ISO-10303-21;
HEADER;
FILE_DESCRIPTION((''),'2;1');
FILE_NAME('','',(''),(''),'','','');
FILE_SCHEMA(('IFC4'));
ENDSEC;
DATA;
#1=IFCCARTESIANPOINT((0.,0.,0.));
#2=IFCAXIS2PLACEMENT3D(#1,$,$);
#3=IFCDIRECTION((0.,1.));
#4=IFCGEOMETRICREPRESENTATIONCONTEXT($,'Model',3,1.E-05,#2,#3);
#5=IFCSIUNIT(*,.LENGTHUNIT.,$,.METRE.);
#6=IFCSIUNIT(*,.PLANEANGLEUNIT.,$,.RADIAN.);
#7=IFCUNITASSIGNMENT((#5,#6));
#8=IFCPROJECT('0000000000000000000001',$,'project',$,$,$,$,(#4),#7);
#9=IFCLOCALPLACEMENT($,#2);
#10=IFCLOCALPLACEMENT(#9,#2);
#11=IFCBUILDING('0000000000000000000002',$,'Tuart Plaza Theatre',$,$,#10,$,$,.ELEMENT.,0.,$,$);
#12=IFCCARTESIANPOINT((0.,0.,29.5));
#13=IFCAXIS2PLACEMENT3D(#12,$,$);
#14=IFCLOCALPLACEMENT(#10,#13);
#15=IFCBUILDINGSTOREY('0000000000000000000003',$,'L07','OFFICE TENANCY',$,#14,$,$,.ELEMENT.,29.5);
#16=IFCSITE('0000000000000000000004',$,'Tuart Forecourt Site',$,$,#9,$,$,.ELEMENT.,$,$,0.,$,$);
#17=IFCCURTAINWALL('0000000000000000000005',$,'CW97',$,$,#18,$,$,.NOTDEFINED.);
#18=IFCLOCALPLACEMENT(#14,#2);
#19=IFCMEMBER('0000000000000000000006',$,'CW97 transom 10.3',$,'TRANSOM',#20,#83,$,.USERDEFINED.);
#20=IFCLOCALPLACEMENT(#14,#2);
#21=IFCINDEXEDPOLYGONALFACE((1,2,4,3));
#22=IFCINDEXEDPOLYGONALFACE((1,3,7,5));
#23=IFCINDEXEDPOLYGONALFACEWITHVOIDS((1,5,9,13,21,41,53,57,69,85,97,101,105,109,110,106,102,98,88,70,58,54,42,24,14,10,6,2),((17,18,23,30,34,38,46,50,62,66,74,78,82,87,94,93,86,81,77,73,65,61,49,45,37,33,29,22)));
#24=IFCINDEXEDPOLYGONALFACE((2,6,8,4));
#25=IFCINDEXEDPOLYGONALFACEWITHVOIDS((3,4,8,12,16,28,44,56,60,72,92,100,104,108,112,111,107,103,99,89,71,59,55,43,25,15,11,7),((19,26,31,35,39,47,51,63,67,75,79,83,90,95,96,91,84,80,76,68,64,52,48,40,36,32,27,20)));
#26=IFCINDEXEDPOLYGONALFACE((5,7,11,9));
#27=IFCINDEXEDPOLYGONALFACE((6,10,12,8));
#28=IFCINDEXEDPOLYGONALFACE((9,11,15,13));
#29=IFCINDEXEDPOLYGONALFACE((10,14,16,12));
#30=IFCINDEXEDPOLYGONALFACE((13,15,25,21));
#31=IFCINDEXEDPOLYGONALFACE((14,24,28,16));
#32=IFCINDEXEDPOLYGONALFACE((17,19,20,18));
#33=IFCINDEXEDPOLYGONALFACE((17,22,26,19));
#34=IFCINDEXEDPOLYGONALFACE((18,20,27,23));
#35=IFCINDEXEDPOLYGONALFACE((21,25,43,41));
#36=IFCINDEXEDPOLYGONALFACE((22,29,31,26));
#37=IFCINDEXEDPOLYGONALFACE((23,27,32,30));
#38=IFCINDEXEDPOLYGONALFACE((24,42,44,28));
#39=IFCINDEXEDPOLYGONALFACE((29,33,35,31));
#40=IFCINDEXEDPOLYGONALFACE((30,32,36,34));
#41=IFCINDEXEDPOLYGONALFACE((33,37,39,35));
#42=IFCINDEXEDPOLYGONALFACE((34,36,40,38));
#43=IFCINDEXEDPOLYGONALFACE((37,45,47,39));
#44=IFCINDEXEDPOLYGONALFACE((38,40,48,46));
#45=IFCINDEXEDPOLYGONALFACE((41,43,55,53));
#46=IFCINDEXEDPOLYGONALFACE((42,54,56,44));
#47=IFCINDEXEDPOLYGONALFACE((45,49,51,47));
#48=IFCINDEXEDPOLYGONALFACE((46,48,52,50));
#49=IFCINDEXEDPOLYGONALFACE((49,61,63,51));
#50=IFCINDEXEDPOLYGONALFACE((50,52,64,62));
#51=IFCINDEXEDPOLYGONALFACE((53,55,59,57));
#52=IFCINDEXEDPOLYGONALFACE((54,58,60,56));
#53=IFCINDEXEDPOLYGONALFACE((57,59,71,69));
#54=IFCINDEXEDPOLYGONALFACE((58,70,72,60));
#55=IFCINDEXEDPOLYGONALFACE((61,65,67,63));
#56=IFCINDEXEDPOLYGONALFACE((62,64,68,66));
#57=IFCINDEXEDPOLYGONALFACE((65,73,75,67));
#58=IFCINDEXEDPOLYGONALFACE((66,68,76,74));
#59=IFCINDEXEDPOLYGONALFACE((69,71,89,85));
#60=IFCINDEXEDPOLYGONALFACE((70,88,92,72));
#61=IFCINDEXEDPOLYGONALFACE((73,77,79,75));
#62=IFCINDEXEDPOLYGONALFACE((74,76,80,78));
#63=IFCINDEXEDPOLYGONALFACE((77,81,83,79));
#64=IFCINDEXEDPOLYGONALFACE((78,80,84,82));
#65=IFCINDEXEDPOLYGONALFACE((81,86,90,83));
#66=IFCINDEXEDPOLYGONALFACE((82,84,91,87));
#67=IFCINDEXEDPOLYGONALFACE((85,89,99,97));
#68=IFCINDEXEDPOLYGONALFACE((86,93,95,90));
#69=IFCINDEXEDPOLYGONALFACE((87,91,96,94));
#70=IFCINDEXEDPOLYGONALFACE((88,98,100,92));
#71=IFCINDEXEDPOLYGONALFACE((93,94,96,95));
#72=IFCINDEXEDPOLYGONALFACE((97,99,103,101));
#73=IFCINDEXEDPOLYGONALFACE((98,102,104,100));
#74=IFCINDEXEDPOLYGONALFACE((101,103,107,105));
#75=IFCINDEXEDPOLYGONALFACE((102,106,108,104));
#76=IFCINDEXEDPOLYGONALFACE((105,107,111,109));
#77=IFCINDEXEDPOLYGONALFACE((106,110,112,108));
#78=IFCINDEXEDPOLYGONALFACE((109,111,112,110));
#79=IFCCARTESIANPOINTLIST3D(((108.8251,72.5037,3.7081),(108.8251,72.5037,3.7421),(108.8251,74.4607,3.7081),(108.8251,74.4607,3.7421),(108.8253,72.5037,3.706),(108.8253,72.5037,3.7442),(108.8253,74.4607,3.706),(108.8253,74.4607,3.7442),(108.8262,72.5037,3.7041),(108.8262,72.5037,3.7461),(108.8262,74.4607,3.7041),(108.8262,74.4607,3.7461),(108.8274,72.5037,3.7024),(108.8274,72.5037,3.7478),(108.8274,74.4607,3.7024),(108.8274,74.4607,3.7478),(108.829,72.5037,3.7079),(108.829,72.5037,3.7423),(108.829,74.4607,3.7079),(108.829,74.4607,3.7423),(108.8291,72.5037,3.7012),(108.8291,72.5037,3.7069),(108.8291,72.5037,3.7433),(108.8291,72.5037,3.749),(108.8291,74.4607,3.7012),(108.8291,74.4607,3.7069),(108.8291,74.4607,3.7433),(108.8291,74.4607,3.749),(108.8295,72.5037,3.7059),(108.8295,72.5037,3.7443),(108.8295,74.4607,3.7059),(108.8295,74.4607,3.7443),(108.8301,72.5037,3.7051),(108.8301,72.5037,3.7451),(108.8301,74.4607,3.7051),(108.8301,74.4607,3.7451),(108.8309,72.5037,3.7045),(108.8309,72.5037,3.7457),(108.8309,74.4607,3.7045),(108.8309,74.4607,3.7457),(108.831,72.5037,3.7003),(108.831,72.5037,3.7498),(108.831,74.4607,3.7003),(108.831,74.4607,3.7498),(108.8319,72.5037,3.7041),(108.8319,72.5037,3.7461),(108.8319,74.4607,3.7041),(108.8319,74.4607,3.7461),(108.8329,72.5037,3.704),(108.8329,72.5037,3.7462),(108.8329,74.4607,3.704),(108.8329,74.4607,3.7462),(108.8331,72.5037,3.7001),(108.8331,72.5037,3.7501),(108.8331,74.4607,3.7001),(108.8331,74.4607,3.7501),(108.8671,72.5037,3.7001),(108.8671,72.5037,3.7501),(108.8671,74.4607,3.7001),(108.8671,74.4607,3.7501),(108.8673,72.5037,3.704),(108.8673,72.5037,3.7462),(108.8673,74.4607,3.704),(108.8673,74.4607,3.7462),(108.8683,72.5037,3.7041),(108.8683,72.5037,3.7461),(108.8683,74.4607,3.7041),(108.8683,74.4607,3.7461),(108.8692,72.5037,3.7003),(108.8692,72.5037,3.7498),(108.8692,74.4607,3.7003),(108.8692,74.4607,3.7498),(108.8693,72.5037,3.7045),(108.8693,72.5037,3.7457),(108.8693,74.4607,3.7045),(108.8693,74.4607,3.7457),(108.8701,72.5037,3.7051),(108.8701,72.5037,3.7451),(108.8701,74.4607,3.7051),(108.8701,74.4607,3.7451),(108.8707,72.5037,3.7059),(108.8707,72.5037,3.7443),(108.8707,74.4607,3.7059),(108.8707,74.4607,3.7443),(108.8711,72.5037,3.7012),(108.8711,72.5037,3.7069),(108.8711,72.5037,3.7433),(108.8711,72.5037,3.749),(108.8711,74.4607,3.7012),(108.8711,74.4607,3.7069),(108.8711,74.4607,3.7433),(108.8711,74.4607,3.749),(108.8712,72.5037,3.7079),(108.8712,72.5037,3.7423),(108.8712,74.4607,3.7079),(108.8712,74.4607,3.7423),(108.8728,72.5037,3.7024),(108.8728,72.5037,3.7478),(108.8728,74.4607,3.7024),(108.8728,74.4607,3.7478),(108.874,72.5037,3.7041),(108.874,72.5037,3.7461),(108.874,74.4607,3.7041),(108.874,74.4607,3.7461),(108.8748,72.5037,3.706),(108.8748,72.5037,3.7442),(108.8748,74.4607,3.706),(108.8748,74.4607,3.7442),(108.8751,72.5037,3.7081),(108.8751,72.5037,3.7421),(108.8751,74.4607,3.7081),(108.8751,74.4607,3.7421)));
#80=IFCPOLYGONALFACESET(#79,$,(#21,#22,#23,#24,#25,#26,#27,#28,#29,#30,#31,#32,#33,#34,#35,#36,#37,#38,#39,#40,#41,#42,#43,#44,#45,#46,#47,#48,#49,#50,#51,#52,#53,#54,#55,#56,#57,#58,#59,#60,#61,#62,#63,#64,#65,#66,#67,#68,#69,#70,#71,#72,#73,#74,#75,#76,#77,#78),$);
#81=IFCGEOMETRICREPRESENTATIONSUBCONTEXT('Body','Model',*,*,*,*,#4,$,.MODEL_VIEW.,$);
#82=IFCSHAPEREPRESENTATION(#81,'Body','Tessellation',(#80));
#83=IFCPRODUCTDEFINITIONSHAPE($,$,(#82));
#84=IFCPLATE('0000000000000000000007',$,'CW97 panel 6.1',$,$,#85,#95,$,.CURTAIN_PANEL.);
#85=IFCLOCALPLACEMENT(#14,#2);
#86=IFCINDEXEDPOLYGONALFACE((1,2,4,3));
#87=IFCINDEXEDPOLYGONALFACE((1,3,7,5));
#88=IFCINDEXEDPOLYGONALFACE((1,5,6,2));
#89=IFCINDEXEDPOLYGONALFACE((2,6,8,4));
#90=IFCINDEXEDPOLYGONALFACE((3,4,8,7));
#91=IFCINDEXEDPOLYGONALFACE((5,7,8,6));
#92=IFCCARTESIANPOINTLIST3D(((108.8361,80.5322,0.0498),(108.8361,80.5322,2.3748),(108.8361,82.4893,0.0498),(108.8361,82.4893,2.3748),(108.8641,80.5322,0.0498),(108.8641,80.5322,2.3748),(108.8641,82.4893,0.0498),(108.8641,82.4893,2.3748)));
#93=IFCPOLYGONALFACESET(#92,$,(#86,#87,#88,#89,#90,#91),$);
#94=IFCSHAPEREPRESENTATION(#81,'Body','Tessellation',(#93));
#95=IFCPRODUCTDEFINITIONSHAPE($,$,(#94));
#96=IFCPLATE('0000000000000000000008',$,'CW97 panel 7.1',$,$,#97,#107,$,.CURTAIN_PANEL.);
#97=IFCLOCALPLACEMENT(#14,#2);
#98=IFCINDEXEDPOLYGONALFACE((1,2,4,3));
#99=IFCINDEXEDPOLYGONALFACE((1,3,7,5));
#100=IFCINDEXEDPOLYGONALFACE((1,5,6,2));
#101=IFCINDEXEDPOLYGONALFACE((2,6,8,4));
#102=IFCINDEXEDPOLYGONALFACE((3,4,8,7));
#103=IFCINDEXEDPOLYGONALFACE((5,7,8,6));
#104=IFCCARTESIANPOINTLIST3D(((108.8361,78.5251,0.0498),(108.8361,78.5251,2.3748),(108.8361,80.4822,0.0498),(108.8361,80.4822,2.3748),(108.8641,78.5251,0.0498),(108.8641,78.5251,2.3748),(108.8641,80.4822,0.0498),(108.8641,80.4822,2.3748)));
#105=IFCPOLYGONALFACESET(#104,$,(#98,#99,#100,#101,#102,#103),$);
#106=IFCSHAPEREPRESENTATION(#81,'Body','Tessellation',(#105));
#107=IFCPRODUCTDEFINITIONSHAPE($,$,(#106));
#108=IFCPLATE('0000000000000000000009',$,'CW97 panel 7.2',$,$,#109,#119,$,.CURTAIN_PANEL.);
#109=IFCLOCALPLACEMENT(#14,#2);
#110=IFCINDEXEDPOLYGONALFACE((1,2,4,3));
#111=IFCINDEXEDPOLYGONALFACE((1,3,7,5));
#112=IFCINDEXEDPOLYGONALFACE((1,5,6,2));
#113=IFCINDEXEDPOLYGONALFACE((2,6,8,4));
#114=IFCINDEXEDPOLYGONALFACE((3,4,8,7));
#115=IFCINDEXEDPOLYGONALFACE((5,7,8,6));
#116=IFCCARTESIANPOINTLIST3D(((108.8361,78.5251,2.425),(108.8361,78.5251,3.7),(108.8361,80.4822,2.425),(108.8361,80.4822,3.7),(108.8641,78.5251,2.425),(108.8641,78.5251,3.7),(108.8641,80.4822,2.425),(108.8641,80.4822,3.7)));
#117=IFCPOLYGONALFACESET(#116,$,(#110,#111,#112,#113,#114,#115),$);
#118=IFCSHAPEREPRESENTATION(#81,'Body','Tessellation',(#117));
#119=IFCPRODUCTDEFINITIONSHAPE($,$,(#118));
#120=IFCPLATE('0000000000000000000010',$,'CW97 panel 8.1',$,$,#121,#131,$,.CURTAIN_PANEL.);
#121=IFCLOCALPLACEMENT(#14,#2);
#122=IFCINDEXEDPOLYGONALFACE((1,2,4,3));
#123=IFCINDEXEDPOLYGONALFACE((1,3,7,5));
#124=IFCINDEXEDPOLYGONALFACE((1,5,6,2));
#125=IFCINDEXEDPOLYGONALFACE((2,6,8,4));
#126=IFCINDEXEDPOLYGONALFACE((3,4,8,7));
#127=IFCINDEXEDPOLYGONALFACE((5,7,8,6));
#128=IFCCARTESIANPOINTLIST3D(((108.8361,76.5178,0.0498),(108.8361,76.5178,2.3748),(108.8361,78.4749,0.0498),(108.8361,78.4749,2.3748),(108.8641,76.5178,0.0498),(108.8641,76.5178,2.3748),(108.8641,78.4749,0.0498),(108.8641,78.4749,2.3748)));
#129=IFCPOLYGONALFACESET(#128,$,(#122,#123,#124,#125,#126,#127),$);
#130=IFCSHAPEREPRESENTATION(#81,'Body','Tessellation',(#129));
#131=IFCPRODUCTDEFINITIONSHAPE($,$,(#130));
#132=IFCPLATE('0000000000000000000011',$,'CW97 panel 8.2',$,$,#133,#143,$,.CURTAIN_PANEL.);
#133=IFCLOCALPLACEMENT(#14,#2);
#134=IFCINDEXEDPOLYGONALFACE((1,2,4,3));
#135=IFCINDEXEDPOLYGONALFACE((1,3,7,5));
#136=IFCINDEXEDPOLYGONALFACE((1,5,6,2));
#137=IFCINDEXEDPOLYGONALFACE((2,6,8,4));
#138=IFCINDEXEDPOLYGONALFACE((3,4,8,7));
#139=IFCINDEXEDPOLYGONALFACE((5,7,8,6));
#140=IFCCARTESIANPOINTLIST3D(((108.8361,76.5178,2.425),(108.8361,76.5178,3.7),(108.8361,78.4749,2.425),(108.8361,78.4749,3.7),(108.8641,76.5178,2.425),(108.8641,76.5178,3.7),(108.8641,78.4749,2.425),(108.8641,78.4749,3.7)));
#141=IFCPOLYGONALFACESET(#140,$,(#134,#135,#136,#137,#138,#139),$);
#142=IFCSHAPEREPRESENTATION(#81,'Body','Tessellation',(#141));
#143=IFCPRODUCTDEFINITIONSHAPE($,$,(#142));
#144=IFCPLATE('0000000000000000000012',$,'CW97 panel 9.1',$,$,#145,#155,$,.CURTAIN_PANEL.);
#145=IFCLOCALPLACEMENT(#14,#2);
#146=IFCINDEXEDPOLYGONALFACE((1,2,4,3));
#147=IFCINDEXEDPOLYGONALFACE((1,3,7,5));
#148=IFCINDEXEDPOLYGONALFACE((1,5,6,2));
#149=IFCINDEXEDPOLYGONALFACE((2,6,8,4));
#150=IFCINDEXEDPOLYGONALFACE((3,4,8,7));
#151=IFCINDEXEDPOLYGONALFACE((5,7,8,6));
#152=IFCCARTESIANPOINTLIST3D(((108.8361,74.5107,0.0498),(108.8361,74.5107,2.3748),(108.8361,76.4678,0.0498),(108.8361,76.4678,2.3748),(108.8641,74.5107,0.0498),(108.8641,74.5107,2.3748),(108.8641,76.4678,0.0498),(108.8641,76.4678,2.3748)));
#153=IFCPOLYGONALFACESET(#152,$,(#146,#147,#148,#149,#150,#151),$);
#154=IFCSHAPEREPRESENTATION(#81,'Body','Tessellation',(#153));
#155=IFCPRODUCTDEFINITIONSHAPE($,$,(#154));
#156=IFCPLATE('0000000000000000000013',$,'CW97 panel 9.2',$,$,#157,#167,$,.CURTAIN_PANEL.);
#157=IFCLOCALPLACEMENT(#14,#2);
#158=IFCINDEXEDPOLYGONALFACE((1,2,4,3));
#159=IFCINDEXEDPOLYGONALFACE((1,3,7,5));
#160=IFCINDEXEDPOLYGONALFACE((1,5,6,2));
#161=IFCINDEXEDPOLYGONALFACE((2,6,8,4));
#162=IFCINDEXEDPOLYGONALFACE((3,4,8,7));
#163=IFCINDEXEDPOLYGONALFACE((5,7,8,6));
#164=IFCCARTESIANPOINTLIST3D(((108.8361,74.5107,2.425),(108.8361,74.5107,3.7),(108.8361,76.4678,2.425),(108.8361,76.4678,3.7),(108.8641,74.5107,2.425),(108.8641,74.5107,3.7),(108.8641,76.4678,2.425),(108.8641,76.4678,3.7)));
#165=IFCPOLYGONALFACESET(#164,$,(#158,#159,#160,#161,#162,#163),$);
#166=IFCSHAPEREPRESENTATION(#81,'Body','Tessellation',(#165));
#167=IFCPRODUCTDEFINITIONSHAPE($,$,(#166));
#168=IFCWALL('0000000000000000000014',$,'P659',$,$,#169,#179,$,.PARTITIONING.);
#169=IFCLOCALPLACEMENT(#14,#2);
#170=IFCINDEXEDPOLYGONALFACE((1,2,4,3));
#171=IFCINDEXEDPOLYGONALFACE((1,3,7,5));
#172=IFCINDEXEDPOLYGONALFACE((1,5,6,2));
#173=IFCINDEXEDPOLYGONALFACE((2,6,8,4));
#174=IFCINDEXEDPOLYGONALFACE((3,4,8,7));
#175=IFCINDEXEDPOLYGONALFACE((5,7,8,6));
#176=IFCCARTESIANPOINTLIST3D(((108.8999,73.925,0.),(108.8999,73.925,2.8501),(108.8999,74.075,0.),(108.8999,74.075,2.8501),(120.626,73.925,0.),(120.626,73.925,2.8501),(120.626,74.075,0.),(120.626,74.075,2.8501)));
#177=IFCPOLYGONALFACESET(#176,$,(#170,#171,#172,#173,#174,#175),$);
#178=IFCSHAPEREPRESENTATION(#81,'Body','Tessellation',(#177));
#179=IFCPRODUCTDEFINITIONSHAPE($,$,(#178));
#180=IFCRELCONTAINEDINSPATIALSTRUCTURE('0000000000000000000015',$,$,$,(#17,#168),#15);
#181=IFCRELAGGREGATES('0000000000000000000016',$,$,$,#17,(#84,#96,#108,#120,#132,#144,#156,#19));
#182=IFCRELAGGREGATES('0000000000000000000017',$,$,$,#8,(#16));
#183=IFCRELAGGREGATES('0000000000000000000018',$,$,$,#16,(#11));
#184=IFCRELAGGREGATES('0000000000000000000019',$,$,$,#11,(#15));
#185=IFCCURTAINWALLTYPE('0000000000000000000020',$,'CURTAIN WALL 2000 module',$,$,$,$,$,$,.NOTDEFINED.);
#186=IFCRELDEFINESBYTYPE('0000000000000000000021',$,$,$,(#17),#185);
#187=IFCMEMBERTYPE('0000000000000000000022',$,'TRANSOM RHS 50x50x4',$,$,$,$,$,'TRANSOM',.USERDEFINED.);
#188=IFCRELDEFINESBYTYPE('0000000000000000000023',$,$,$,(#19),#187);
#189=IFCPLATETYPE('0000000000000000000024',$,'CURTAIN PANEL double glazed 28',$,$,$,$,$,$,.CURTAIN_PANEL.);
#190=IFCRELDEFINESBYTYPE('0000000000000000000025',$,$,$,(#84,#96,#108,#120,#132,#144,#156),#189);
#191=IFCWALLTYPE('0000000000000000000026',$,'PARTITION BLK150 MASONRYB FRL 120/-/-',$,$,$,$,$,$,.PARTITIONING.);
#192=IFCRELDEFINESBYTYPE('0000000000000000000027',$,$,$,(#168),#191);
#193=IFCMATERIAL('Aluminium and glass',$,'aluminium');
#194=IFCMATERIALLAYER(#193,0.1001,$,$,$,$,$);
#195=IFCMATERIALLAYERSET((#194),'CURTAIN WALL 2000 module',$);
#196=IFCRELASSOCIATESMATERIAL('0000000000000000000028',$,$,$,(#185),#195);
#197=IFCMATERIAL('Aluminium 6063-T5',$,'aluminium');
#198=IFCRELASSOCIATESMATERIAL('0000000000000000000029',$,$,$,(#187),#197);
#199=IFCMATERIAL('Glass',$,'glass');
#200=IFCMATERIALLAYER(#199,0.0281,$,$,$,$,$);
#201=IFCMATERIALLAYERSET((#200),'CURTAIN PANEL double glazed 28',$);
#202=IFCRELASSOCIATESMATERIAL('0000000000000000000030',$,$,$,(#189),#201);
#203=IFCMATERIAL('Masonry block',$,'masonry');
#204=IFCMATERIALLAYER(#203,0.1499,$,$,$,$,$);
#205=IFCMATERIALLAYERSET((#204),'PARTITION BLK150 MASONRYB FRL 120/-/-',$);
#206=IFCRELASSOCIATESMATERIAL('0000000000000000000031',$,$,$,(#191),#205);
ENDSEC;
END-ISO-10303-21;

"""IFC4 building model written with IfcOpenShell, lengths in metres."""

from ifc_helpers import new_model, si_unit, direction, frame, frame_2d, origin, origin_2d, place, context, subcontext, project, spatial, rectangle, hollow_rectangle, extrude, material, layer, layer_set, material_profile, profile_set, type_object, element, aggregate, save


model = new_model("IFC4")

# Units and contexts
model_context = context("Model", 3, precision=1e-05, world=origin(), true_north=direction((0.0, 1.0)))
body_context = subcontext(model_context, "Body", "Model", "MODEL_VIEW")
ifc_project = project(units=[si_unit("LENGTHUNIT", "METRE"), si_unit("PLANEANGLEUNIT", "RADIAN")], contexts=[model_context])

# Site, building, storey
site_placement = place(None, origin())
site = spatial("IfcSite", under=ifc_project, at=site_placement, Name="Tuart Forecourt Site", CompositionType="ELEMENT", RefElevation=0.0)
building_placement = place(site_placement, origin())
building = spatial("IfcBuilding", under=site, at=building_placement, Name="Tuart Plaza Theatre", CompositionType="ELEMENT", ElevationOfRefHeight=0.0)
storey_placement = place(building_placement, frame((0.0, 0.0, 29.5)))
storey = spatial("IfcBuildingStorey", under=building, at=storey_placement, Name="L07", Description="OFFICE TENANCY", CompositionType="ELEMENT", Elevation=29.5)

# Curtain wall, member, plates
ifc_material_1 = material(Name="Aluminium and glass", Category="aluminium")
ifc_layer_1 = layer(ifc_material_1, 0.1001)
ifc_layer_set_1 = layer_set([ifc_layer_1], Name="CURTAIN WALL 2000 module")
curtain_wall_type = type_object("IfcCurtainWallType", Name="CURTAIN WALL 2000 module", PredefinedType="NOTDEFINED", material=ifc_layer_set_1)
curtain_wall_placement = place(storey_placement, origin())
curtain_wall = element("IfcCurtainWall", 1, at=curtain_wall_placement, inside=storey, type_object=curtain_wall_type, Name="CW97", PredefinedType="NOTDEFINED")
ifc_material_2 = material(Name="Aluminium 6063-T5", Category="aluminium")
ifc_material_profile_1 = material_profile(ifc_material_2, hollow_rectangle(XDim=0.05, YDim=0.05, WallThickness=0.0039, InnerFilletRadius=0.0039, OuterFilletRadius=0.0081, at=origin_2d()), Name="RHS 50x50x4")
ifc_profile_set_1 = profile_set([ifc_material_profile_1], Name="Aluminium 6063-T5")
member_type = type_object("IfcMemberType", Name="TRANSOM RHS 50x50x4", ElementType="TRANSOM", PredefinedType="USERDEFINED", material=ifc_profile_set_1)
member_1_placement = place(storey_placement, frame((108.8501, 74.4607, 3.7251), z_axis=(0.0, -1.0, 0.0), x_axis=(1.0, 0.0, 0.0)))
member_1 = element("IfcMember", 2, at=member_1_placement, type_object=member_type, Name="CW97 transom 10.3", ObjectType="TRANSOM", PredefinedType="USERDEFINED", context=body_context, shape_type="SweptSolid", body=[
    extrude(hollow_rectangle(XDim=0.05, YDim=0.05, WallThickness=0.0039, InnerFilletRadius=0.0039, OuterFilletRadius=0.0081, at=origin_2d()), origin(), (0.0, 0.0, 1.0), 1.957),
])
ifc_material_3 = material(Name="Glass", Category="glass")
ifc_layer_2 = layer(ifc_material_3, 0.0281)
ifc_layer_set_2 = layer_set([ifc_layer_2], Name="CURTAIN PANEL double glazed 28")
plate_type = type_object("IfcPlateType", Name="CURTAIN PANEL double glazed 28", PredefinedType="CURTAIN_PANEL", material=ifc_layer_set_2)
plate_1_placement = place(storey_placement, frame((108.8501, 81.5107, 0.0498), z_axis=(0.0, 0.0, 1.0), x_axis=(0.0, -1.0, 0.0)))
plate_1 = element("IfcPlate", 3, at=plate_1_placement, type_object=plate_type, Name="CW97 panel 6.1", PredefinedType="CURTAIN_PANEL", context=body_context, shape_type="SweptSolid", body=[
    extrude(rectangle(XDim=1.957, YDim=0.0281, at=origin_2d()), origin(), (0.0, 0.0, 1.0), 2.325),
])
plate_2_placement = place(storey_placement, frame((108.8501, 79.5037, 0.0498), z_axis=(0.0, 0.0, 1.0), x_axis=(0.0, -1.0, 0.0)))
plate_2 = element("IfcPlate", 4, at=plate_2_placement, type_object=plate_type, Name="CW97 panel 7.1", PredefinedType="CURTAIN_PANEL", context=body_context, shape_type="SweptSolid", body=[
    extrude(rectangle(XDim=1.957, YDim=0.0281, at=origin_2d()), origin(), (0.0, 0.0, 1.0), 2.325),
])
plate_3_placement = place(storey_placement, frame((108.8501, 79.5037, 2.425), z_axis=(0.0, 0.0, 1.0), x_axis=(0.0, -1.0, 0.0)))
plate_3 = element("IfcPlate", 5, at=plate_3_placement, type_object=plate_type, Name="CW97 panel 7.2", PredefinedType="CURTAIN_PANEL", context=body_context, shape_type="SweptSolid", body=[
    extrude(rectangle(XDim=1.957, YDim=0.0281, at=origin_2d()), origin(), (0.0, 0.0, 1.0), 1.2749),
])
plate_4_placement = place(storey_placement, frame((108.8501, 77.4963, 0.0498), z_axis=(0.0, 0.0, 1.0), x_axis=(0.0, -1.0, 0.0)))
plate_4 = element("IfcPlate", 6, at=plate_4_placement, type_object=plate_type, Name="CW97 panel 8.1", PredefinedType="CURTAIN_PANEL", context=body_context, shape_type="SweptSolid", body=[
    extrude(rectangle(XDim=1.957, YDim=0.0281, at=origin_2d()), origin(), (0.0, 0.0, 1.0), 2.325),
])
plate_5_placement = place(storey_placement, frame((108.8501, 77.4963, 2.425), z_axis=(0.0, 0.0, 1.0), x_axis=(0.0, -1.0, 0.0)))
plate_5 = element("IfcPlate", 7, at=plate_5_placement, type_object=plate_type, Name="CW97 panel 8.2", PredefinedType="CURTAIN_PANEL", context=body_context, shape_type="SweptSolid", body=[
    extrude(rectangle(XDim=1.957, YDim=0.0281, at=origin_2d()), origin(), (0.0, 0.0, 1.0), 1.2749),
])
plate_6_placement = place(storey_placement, frame((108.8501, 75.4893, 0.0498), z_axis=(0.0, 0.0, 1.0), x_axis=(0.0, -1.0, 0.0)))
plate_6 = element("IfcPlate", 8, at=plate_6_placement, type_object=plate_type, Name="CW97 panel 9.1", PredefinedType="CURTAIN_PANEL", context=body_context, shape_type="SweptSolid", body=[
    extrude(rectangle(XDim=1.957, YDim=0.0281, at=origin_2d()), origin(), (0.0, 0.0, 1.0), 2.325),
])
plate_7_placement = place(storey_placement, frame((108.8501, 75.4893, 2.425), z_axis=(0.0, 0.0, 1.0), x_axis=(0.0, -1.0, 0.0)))
plate_7 = element("IfcPlate", 9, at=plate_7_placement, type_object=plate_type, Name="CW97 panel 9.2", PredefinedType="CURTAIN_PANEL", context=body_context, shape_type="SweptSolid", body=[
    extrude(rectangle(XDim=1.957, YDim=0.0281, at=origin_2d()), origin(), (0.0, 0.0, 1.0), 1.2749),
])
aggregate(curtain_wall, [plate_1, plate_2, plate_3, plate_4, plate_5, plate_6, plate_7, member_1])

# Wall
ifc_material_4 = material(Name="Masonry block", Category="masonry")
ifc_layer_3 = layer(ifc_material_4, 0.1499)
ifc_layer_set_3 = layer_set([ifc_layer_3], Name="PARTITION BLK150 MASONRYB FRL 120/-/-")
wall_type = type_object("IfcWallType", Name="PARTITION BLK150 MASONRYB FRL 120/-/-", PredefinedType="PARTITIONING", material=ifc_layer_set_3)
wall_placement = place(storey_placement, frame((108.8999, 74.0, 0.0), z_axis=(0.0, 0.0, 1.0), x_axis=(1.0, 0.0, 0.0)))
element("IfcWall", 10, at=wall_placement, inside=storey, type_object=wall_type, Name="P659", PredefinedType="PARTITIONING", context=body_context, shape_type="SweptSolid", body=[
    extrude(rectangle(XDim=11.7261, YDim=0.1499, at=frame_2d((5.863, 0.0))), origin(), (0.0, 0.0, 1.0), 2.8501),
])

save(model, "model.ifc")
